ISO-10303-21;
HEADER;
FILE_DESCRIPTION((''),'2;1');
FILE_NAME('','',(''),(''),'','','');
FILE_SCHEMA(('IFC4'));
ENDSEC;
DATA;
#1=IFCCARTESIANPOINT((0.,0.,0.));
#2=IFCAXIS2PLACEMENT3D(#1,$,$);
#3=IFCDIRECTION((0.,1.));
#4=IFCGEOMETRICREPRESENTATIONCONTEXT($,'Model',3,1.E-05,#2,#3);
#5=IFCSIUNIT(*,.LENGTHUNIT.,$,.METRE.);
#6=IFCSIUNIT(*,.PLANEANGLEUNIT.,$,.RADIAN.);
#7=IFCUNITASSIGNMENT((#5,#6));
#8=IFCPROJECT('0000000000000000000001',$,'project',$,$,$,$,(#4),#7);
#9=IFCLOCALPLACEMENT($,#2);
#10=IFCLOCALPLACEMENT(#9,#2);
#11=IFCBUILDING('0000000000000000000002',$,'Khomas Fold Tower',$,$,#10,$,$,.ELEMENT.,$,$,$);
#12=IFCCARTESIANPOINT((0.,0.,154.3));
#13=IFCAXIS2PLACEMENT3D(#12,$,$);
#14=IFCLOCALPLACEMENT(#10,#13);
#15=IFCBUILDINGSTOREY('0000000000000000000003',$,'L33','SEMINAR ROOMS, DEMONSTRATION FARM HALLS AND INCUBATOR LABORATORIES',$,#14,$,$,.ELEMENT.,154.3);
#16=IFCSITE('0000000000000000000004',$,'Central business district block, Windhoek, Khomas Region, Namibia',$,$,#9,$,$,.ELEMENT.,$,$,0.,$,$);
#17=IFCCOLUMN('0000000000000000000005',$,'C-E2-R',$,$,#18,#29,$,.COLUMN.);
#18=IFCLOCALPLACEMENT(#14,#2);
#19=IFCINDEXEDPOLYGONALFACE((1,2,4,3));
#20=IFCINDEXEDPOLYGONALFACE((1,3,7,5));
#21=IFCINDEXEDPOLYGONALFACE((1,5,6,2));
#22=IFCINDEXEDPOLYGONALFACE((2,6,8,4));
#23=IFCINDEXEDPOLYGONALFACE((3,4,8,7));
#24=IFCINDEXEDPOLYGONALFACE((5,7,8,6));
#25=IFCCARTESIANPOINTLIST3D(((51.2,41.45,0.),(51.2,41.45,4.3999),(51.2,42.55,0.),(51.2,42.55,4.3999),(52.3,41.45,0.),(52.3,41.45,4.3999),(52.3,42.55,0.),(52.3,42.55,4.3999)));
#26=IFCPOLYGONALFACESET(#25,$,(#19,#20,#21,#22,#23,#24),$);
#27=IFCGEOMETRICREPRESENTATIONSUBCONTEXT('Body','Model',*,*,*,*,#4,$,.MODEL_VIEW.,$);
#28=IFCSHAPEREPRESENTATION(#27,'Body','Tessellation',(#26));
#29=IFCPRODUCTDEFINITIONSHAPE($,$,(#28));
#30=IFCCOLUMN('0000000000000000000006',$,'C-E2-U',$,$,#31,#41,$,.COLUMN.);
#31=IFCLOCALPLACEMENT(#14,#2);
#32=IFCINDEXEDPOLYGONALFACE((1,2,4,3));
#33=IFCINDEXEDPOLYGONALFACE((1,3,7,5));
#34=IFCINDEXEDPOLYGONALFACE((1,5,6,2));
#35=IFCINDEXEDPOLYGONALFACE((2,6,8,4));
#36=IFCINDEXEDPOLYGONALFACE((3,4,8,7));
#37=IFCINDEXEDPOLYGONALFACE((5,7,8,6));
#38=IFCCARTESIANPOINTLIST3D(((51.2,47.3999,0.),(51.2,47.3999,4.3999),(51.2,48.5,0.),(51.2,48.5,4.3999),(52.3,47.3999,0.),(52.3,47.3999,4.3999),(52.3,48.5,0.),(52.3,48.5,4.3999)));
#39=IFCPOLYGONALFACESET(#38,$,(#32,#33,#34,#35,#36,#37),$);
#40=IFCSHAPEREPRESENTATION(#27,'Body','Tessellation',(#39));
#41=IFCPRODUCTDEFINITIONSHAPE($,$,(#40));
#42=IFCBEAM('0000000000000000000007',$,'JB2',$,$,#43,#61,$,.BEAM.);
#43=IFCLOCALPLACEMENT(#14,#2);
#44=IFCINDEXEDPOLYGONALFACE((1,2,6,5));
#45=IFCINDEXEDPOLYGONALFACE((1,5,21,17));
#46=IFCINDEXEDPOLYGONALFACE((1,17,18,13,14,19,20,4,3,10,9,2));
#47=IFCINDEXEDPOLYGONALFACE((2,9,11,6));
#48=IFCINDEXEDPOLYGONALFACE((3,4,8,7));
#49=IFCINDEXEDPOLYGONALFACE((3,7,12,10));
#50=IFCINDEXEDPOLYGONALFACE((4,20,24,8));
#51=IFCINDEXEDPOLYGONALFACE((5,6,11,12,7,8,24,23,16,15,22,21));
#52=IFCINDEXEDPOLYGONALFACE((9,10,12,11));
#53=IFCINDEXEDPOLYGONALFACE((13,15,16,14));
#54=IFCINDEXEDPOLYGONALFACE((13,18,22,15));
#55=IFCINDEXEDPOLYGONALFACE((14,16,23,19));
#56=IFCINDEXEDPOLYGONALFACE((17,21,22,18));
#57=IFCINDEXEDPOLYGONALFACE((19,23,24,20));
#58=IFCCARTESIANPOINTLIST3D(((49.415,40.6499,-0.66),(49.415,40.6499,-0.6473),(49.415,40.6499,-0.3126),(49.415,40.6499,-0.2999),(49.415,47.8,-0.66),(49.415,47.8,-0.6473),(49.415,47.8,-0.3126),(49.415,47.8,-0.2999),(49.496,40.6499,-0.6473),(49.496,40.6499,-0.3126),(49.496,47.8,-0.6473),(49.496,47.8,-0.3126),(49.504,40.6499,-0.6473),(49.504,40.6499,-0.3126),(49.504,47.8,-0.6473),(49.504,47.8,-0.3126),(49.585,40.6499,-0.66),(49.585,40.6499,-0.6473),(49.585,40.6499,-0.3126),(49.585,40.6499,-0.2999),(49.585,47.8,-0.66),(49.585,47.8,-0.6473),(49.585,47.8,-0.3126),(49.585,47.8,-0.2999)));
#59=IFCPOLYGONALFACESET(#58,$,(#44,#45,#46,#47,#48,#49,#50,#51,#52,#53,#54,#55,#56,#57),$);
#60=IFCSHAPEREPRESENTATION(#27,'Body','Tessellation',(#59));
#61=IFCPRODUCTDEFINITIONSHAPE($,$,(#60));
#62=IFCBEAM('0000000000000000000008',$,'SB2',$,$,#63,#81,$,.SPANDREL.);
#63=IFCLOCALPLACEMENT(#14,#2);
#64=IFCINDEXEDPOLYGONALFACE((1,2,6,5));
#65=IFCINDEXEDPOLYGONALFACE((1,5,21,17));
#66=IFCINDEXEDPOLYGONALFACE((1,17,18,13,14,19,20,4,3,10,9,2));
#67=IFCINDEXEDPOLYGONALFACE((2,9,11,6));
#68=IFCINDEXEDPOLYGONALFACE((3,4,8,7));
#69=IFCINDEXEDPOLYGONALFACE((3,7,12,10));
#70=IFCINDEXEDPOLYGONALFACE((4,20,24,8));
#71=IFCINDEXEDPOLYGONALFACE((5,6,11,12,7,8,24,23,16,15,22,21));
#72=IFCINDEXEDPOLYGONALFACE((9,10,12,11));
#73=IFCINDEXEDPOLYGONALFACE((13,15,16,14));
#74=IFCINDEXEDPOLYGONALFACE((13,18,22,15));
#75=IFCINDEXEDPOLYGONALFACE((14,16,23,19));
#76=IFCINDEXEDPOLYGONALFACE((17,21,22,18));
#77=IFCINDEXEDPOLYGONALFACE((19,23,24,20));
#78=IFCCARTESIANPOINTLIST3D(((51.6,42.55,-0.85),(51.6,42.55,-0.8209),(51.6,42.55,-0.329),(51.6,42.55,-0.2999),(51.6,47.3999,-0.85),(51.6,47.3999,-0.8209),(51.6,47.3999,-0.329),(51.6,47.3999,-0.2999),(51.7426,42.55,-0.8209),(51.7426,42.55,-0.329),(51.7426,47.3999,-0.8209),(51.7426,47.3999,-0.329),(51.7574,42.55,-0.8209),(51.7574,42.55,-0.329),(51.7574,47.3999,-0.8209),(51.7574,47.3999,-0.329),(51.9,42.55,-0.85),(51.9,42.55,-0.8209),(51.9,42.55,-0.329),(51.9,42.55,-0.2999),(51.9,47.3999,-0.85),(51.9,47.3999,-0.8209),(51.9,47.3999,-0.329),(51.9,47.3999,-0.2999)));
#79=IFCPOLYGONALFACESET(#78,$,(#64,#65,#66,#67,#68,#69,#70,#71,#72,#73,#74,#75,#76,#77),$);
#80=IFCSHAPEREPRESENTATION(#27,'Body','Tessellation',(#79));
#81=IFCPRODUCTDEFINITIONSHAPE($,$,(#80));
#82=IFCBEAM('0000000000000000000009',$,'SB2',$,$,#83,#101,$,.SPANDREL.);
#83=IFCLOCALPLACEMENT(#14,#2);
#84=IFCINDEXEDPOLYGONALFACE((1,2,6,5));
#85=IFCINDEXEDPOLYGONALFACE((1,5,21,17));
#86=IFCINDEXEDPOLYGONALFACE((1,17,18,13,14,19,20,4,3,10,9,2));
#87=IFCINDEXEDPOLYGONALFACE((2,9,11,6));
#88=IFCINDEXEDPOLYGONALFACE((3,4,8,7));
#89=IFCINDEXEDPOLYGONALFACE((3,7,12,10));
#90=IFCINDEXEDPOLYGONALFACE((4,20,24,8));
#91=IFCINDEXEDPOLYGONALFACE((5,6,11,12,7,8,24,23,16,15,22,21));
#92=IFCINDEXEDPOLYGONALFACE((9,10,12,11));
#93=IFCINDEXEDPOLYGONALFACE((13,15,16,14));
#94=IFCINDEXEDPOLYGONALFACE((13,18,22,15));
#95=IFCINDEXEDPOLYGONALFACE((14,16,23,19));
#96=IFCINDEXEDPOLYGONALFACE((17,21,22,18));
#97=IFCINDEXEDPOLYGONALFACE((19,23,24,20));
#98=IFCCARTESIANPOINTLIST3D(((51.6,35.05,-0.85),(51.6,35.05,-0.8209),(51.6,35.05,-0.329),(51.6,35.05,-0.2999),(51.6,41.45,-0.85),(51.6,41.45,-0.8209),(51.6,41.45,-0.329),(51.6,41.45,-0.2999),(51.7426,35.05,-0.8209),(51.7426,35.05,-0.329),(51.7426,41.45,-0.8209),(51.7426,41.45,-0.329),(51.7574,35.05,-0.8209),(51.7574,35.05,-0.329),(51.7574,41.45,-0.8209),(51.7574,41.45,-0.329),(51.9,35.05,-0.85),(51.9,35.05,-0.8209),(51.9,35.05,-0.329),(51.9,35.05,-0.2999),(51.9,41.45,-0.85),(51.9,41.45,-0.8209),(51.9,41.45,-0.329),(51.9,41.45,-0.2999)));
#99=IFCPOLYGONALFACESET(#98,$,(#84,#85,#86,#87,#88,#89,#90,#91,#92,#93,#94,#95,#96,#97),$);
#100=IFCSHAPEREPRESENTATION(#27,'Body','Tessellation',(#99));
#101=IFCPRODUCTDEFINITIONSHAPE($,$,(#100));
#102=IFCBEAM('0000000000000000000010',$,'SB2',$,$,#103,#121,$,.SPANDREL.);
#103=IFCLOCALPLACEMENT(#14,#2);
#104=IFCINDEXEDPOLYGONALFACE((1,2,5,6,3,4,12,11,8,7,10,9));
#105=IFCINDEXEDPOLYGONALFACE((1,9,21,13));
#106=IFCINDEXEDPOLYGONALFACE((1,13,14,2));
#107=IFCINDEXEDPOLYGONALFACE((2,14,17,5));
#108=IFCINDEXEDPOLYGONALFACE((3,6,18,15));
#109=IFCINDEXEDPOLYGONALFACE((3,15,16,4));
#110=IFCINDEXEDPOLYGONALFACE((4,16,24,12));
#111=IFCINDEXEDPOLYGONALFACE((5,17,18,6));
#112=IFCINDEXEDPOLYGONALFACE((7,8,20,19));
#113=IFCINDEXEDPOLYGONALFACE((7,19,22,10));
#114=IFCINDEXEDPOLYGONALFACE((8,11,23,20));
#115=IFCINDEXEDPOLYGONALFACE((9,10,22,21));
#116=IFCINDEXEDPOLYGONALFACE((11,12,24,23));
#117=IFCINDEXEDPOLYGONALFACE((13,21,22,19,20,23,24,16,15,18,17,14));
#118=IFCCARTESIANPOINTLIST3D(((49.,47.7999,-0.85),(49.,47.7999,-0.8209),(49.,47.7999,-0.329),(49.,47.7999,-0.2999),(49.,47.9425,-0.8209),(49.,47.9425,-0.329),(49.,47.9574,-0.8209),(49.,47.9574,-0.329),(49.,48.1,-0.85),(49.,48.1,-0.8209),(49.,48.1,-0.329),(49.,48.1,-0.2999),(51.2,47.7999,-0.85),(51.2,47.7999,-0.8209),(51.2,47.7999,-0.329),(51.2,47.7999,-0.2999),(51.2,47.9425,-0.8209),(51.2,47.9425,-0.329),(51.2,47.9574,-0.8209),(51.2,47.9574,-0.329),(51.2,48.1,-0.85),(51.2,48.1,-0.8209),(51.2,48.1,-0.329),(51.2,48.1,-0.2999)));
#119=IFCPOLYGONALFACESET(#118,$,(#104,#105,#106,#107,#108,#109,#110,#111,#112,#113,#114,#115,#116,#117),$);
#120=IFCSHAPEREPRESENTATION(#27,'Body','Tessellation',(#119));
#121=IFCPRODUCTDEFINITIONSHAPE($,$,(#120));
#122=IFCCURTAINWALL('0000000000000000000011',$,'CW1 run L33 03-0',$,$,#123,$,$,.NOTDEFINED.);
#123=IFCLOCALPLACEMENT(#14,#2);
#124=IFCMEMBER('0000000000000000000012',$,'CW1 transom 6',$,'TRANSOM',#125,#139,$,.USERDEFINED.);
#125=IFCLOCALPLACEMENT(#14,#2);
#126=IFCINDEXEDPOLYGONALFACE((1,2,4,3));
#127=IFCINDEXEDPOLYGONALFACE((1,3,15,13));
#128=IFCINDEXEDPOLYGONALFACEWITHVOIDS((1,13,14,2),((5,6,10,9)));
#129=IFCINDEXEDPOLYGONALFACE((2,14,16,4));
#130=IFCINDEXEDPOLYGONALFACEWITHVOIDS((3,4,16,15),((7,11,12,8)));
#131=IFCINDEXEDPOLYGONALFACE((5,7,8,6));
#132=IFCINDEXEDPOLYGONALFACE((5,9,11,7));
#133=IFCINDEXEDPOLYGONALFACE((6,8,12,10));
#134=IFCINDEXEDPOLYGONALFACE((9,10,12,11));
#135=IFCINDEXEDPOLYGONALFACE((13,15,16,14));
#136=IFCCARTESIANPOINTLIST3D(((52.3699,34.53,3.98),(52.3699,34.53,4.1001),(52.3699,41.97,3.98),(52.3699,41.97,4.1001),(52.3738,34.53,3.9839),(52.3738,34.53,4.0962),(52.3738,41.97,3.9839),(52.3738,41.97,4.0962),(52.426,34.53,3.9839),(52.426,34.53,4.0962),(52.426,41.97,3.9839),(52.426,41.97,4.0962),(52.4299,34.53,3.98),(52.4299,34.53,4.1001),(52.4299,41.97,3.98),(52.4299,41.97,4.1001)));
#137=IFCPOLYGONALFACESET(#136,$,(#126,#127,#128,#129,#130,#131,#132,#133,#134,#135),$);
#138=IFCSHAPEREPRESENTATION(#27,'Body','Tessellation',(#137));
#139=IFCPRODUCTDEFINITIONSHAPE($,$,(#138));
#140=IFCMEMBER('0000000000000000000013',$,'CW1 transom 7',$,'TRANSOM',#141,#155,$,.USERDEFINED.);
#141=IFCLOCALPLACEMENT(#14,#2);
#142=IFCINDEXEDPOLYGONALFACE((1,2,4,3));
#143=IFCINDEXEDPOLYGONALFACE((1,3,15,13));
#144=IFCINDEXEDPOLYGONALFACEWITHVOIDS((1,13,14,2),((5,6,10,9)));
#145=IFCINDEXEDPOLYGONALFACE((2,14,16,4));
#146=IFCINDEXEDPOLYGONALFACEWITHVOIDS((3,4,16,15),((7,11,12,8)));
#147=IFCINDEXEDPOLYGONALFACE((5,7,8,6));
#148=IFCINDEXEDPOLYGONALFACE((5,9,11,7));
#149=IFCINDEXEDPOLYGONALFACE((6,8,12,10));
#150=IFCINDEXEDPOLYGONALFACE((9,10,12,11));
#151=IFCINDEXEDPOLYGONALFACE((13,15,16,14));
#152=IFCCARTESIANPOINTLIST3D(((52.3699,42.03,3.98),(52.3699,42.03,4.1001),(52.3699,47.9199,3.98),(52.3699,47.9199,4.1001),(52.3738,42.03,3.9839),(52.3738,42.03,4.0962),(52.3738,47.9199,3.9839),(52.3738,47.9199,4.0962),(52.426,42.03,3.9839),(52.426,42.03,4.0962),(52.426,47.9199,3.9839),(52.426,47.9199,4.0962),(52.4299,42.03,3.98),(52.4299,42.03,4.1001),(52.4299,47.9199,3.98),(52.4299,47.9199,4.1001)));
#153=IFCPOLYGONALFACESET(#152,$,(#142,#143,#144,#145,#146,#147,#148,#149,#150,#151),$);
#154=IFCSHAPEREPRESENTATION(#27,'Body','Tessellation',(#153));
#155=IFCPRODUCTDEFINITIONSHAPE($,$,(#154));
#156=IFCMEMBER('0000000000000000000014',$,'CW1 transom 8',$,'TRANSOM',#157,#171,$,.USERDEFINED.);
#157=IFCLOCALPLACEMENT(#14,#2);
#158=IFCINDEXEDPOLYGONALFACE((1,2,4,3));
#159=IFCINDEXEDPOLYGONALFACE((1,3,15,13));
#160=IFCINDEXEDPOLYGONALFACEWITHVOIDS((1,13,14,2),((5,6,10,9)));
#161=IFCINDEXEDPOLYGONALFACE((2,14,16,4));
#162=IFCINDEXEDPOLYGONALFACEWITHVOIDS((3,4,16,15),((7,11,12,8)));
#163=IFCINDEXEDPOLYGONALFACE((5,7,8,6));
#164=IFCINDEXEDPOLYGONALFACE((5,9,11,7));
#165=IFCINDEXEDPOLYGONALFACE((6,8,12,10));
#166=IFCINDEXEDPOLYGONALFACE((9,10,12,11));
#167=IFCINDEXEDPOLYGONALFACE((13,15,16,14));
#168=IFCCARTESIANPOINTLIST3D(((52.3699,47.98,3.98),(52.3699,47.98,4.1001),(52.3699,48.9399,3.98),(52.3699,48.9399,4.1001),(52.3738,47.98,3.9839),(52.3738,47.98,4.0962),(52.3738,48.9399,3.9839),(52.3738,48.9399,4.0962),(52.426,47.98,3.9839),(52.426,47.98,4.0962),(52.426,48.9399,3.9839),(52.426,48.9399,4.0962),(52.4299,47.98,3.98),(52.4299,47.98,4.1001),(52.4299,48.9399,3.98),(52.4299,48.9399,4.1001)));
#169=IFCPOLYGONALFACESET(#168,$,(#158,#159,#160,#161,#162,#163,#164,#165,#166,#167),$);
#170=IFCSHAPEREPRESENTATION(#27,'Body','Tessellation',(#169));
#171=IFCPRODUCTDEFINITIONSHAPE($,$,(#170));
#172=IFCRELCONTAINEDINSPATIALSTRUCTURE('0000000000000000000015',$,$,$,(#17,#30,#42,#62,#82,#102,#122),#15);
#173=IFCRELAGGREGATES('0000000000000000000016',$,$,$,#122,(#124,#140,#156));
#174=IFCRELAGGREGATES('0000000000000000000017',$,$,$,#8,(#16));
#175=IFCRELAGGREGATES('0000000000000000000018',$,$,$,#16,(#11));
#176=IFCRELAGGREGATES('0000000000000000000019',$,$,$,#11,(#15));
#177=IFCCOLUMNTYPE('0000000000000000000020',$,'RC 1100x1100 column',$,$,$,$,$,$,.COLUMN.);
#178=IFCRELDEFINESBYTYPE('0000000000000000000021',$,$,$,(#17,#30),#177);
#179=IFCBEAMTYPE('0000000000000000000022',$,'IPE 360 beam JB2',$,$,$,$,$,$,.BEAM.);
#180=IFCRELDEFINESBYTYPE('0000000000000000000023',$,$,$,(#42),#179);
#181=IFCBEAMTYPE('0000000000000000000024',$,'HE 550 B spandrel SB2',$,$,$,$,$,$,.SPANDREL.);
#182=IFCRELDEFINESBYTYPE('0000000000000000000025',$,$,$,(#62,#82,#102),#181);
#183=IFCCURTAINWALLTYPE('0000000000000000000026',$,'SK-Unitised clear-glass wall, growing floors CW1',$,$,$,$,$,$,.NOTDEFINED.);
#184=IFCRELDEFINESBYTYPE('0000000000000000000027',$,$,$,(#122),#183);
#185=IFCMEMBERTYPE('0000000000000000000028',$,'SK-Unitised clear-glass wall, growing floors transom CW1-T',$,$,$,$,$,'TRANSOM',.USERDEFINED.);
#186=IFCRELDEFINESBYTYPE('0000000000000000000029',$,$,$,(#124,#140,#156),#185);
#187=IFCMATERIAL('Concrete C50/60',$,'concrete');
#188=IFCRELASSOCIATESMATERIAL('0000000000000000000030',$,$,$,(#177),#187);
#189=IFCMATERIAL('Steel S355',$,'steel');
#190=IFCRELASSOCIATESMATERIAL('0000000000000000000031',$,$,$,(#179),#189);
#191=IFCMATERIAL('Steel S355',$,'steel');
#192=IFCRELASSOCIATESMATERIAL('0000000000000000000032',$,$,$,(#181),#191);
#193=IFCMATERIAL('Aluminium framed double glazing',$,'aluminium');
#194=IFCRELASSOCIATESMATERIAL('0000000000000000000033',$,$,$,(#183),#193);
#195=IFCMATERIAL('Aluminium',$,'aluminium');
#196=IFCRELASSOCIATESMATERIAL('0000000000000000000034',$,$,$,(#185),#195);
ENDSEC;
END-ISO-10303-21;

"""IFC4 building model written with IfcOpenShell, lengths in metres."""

from ifc_helpers import new_model, si_unit, direction, frame, origin, origin_2d, place, context, subcontext, project, spatial, rectangle, hollow_rectangle, i_section, extrude, source, transform, mapped, material, material_profile, profile_set, type_object, element, aggregate, save


model = new_model("IFC4")

# Units and contexts
model_context = context("Model", 3, precision=1e-05, world=origin(), true_north=direction((0.0, 1.0)))
body_context = subcontext(model_context, "Body", "Model", "MODEL_VIEW")
ifc_project = project(units=[si_unit("LENGTHUNIT", "METRE"), si_unit("PLANEANGLEUNIT", "RADIAN")], contexts=[model_context])

# Site, building, storey
site_placement = place(None, origin())
site = spatial("IfcSite", under=ifc_project, at=site_placement, Name="Central business district block, Windhoek, Khomas Region, Namibia", CompositionType="ELEMENT", RefElevation=0.0)
building_placement = place(site_placement, origin())
building = spatial("IfcBuilding", under=site, at=building_placement, Name="Khomas Fold Tower", CompositionType="ELEMENT")
storey_placement = place(building_placement, frame((0.0, 0.0, 154.3)))
storey = spatial("IfcBuildingStorey", under=building, at=storey_placement, Name="L33", Description="SEMINAR ROOMS, DEMONSTRATION FARM HALLS AND INCUBATOR LABORATORIES", CompositionType="ELEMENT", Elevation=154.3)

# Columns
ifc_material_1 = material(Name="Concrete C50/60", Category="concrete")
ifc_material_profile_1 = material_profile(ifc_material_1, rectangle(XDim=1.1001, YDim=1.1001, at=origin_2d()), Name="RC 1100x1100")
ifc_profile_set_1 = profile_set([ifc_material_profile_1], Name="Concrete C50/60")
column_type = type_object("IfcColumnType", Name="RC 1100x1100 column", PredefinedType="COLUMN", material=ifc_profile_set_1)
shared_shape_1 = source(origin(), body_context, "Body", "SweptSolid", [
    extrude(rectangle(XDim=1.1001, YDim=1.1001, at=origin_2d()), origin(), (0.0, 0.0, 1.0), 4.3999),
])
for number, where, z_axis, x_axis, name in (
    (1, (51.75, 42.0, 0.0), (0.0, 0.0, 1.0), (1.0, 0.0, 0.0), "C-E2-R"),
    (2, (51.75, 47.95, 0.0), (0.0, 0.0, 1.0), (1.0, 0.0, 0.0), "C-E2-U"),
):
    element("IfcColumn", number, at=place(storey_placement, frame(where, z_axis=z_axis, x_axis=x_axis)), inside=storey, type_object=column_type, Name=name, PredefinedType="COLUMN", context=body_context, shape_type="MappedRepresentation", body=[
        mapped(shared_shape_1, transform((0.0, 0.0, 0.0))),
    ])

# Beams
ifc_material_2 = material(Name="Steel S355", Category="steel")
ifc_material_profile_2 = material_profile(ifc_material_2, i_section(OverallWidth=0.1699, OverallDepth=0.3601, WebThickness=0.0081, FlangeThickness=0.0127, at=origin_2d()), Name="IPE 360")
ifc_profile_set_2 = profile_set([ifc_material_profile_2], Name="Steel S355")
beam_type_1 = type_object("IfcBeamType", Name="IPE 360 beam JB2", PredefinedType="BEAM", material=ifc_profile_set_2)
shared_shape_2 = source(origin(), body_context, "Body", "SweptSolid", [
    extrude(i_section(OverallWidth=0.1699, OverallDepth=0.3601, WebThickness=0.0081, FlangeThickness=0.0127, at=origin_2d()), origin(), (0.0, 0.0, 1.0), 7.1501),
])
beam_1_placement = place(storey_placement, frame((49.5, 40.6499, -0.48), z_axis=(0.0, 1.0, 0.0), x_axis=(-1.0, 0.0, 0.0)))
element("IfcBeam", 3, at=beam_1_placement, inside=storey, type_object=beam_type_1, Name="JB2", PredefinedType="BEAM", context=body_context, shape_type="MappedRepresentation", body=[
    mapped(shared_shape_2, transform((0.0, 0.0, 0.0))),
])
ifc_material_3 = material(Name="Steel S355", Category="steel")
ifc_material_profile_3 = material_profile(ifc_material_3, i_section(OverallWidth=0.3, OverallDepth=0.55, WebThickness=0.0149, FlangeThickness=0.0291, at=origin_2d()), Name="HE 550 B")
ifc_profile_set_3 = profile_set([ifc_material_profile_3], Name="Steel S355")
beam_type_2 = type_object("IfcBeamType", Name="HE 550 B spandrel SB2", PredefinedType="SPANDREL", material=ifc_profile_set_3)
shared_shape_3 = source(origin(), body_context, "Body", "SweptSolid", [
    extrude(i_section(OverallWidth=0.3, OverallDepth=0.55, WebThickness=0.0149, FlangeThickness=0.0291, at=origin_2d()), origin(), (0.0, 0.0, 1.0), 4.8499),
])
beam_2_placement = place(storey_placement, frame((51.75, 42.55, -0.575), z_axis=(0.0, 1.0, 0.0), x_axis=(-1.0, 0.0, 0.0)))
element("IfcBeam", 4, at=beam_2_placement, inside=storey, type_object=beam_type_2, Name="SB2", PredefinedType="SPANDREL", context=body_context, shape_type="MappedRepresentation", body=[
    mapped(shared_shape_3, transform((0.0, 0.0, 0.0))),
])
shared_shape_4 = source(origin(), body_context, "Body", "SweptSolid", [
    extrude(i_section(OverallWidth=0.3, OverallDepth=0.55, WebThickness=0.0149, FlangeThickness=0.0291, at=origin_2d()), origin(), (0.0, 0.0, 1.0), 6.3999),
])
beam_3_placement = place(storey_placement, frame((51.75, 35.05, -0.575), z_axis=(0.0, 1.0, 0.0), x_axis=(-1.0, 0.0, 0.0)))
element("IfcBeam", 5, at=beam_3_placement, inside=storey, type_object=beam_type_2, Name="SB2", PredefinedType="SPANDREL", context=body_context, shape_type="MappedRepresentation", body=[
    mapped(shared_shape_4, transform((0.0, 0.0, 0.0))),
])
shared_shape_5 = source(origin(), body_context, "Body", "SweptSolid", [
    extrude(i_section(OverallWidth=0.3, OverallDepth=0.55, WebThickness=0.0149, FlangeThickness=0.0291, at=origin_2d()), origin(), (0.0, 0.0, 1.0), 2.2),
])
beam_4_placement = place(storey_placement, frame((49.0, 47.95, -0.575), z_axis=(1.0, 0.0, 0.0), x_axis=(0.0, 1.0, 0.0)))
element("IfcBeam", 6, at=beam_4_placement, inside=storey, type_object=beam_type_2, Name="SB2", PredefinedType="SPANDREL", context=body_context, shape_type="MappedRepresentation", body=[
    mapped(shared_shape_5, transform((0.0, 0.0, 0.0))),
])

# Curtain wall, members
ifc_material_4 = material(Name="Aluminium framed double glazing", Category="aluminium")
curtain_wall_type = type_object("IfcCurtainWallType", Name="SK-Unitised clear-glass wall, growing floors CW1", PredefinedType="NOTDEFINED", material=ifc_material_4)
curtain_wall_1_placement = place(storey_placement, origin())
curtain_wall_1 = element("IfcCurtainWall", 7, at=curtain_wall_1_placement, inside=storey, type_object=curtain_wall_type, Name="CW1 run L33 03-0", PredefinedType="NOTDEFINED")
ifc_material_5 = material(Name="Aluminium", Category="aluminium")
ifc_material_profile_4 = material_profile(ifc_material_5, hollow_rectangle(XDim=0.0601, YDim=0.1201, WallThickness=0.0039, at=origin_2d()), Name="SK-Unitised clear-glass wall, growing floors transom CW1-T")
ifc_profile_set_4 = profile_set([ifc_material_profile_4], Name="Aluminium")
member_type_1 = type_object("IfcMemberType", Name="SK-Unitised clear-glass wall, growing floors transom CW1-T", ElementType="TRANSOM", PredefinedType="USERDEFINED", material=ifc_profile_set_4)
shared_shape_6 = source(origin(), body_context, "Body", "SweptSolid", [
    extrude(hollow_rectangle(XDim=0.0601, YDim=0.1201, WallThickness=0.0039, at=origin_2d()), origin(), (0.0, 0.0, 1.0), 7.4399),
])
member_1_placement = place(storey_placement, frame((52.3999, 34.53, 4.04), z_axis=(0.0, 1.0, 0.0), x_axis=(-1.0, 0.0, 0.0)))
member_1 = element("IfcMember", 8, at=member_1_placement, type_object=member_type_1, Name="CW1 transom 6", ObjectType="TRANSOM", PredefinedType="USERDEFINED", context=body_context, shape_type="MappedRepresentation", body=[
    mapped(shared_shape_6, transform((0.0, 0.0, 0.0))),
])
shared_shape_7 = source(origin(), body_context, "Body", "SweptSolid", [
    extrude(hollow_rectangle(XDim=0.0601, YDim=0.1201, WallThickness=0.0039, at=origin_2d()), origin(), (0.0, 0.0, 1.0), 5.8899),
])
member_2_placement = place(storey_placement, frame((52.3999, 42.03, 4.04), z_axis=(0.0, 1.0, 0.0), x_axis=(-1.0, 0.0, 0.0)))
member_2 = element("IfcMember", 9, at=member_2_placement, type_object=member_type_1, Name="CW1 transom 7", ObjectType="TRANSOM", PredefinedType="USERDEFINED", context=body_context, shape_type="MappedRepresentation", body=[
    mapped(shared_shape_7, transform((0.0, 0.0, 0.0))),
])
shared_shape_8 = source(origin(), body_context, "Body", "SweptSolid", [
    extrude(hollow_rectangle(XDim=0.0601, YDim=0.1201, WallThickness=0.0039, at=origin_2d()), origin(), (0.0, 0.0, 1.0), 0.96),
])
member_3_placement = place(storey_placement, frame((52.3999, 47.98, 4.04), z_axis=(0.0, 1.0, 0.0), x_axis=(-1.0, 0.0, 0.0)))
member_3 = element("IfcMember", 10, at=member_3_placement, type_object=member_type_1, Name="CW1 transom 8", ObjectType="TRANSOM", PredefinedType="USERDEFINED", context=body_context, shape_type="MappedRepresentation", body=[
    mapped(shared_shape_8, transform((0.0, 0.0, 0.0))),
])

aggregate(curtain_wall_1, [member_1, member_2, member_3])

save(model, "model.ifc")
